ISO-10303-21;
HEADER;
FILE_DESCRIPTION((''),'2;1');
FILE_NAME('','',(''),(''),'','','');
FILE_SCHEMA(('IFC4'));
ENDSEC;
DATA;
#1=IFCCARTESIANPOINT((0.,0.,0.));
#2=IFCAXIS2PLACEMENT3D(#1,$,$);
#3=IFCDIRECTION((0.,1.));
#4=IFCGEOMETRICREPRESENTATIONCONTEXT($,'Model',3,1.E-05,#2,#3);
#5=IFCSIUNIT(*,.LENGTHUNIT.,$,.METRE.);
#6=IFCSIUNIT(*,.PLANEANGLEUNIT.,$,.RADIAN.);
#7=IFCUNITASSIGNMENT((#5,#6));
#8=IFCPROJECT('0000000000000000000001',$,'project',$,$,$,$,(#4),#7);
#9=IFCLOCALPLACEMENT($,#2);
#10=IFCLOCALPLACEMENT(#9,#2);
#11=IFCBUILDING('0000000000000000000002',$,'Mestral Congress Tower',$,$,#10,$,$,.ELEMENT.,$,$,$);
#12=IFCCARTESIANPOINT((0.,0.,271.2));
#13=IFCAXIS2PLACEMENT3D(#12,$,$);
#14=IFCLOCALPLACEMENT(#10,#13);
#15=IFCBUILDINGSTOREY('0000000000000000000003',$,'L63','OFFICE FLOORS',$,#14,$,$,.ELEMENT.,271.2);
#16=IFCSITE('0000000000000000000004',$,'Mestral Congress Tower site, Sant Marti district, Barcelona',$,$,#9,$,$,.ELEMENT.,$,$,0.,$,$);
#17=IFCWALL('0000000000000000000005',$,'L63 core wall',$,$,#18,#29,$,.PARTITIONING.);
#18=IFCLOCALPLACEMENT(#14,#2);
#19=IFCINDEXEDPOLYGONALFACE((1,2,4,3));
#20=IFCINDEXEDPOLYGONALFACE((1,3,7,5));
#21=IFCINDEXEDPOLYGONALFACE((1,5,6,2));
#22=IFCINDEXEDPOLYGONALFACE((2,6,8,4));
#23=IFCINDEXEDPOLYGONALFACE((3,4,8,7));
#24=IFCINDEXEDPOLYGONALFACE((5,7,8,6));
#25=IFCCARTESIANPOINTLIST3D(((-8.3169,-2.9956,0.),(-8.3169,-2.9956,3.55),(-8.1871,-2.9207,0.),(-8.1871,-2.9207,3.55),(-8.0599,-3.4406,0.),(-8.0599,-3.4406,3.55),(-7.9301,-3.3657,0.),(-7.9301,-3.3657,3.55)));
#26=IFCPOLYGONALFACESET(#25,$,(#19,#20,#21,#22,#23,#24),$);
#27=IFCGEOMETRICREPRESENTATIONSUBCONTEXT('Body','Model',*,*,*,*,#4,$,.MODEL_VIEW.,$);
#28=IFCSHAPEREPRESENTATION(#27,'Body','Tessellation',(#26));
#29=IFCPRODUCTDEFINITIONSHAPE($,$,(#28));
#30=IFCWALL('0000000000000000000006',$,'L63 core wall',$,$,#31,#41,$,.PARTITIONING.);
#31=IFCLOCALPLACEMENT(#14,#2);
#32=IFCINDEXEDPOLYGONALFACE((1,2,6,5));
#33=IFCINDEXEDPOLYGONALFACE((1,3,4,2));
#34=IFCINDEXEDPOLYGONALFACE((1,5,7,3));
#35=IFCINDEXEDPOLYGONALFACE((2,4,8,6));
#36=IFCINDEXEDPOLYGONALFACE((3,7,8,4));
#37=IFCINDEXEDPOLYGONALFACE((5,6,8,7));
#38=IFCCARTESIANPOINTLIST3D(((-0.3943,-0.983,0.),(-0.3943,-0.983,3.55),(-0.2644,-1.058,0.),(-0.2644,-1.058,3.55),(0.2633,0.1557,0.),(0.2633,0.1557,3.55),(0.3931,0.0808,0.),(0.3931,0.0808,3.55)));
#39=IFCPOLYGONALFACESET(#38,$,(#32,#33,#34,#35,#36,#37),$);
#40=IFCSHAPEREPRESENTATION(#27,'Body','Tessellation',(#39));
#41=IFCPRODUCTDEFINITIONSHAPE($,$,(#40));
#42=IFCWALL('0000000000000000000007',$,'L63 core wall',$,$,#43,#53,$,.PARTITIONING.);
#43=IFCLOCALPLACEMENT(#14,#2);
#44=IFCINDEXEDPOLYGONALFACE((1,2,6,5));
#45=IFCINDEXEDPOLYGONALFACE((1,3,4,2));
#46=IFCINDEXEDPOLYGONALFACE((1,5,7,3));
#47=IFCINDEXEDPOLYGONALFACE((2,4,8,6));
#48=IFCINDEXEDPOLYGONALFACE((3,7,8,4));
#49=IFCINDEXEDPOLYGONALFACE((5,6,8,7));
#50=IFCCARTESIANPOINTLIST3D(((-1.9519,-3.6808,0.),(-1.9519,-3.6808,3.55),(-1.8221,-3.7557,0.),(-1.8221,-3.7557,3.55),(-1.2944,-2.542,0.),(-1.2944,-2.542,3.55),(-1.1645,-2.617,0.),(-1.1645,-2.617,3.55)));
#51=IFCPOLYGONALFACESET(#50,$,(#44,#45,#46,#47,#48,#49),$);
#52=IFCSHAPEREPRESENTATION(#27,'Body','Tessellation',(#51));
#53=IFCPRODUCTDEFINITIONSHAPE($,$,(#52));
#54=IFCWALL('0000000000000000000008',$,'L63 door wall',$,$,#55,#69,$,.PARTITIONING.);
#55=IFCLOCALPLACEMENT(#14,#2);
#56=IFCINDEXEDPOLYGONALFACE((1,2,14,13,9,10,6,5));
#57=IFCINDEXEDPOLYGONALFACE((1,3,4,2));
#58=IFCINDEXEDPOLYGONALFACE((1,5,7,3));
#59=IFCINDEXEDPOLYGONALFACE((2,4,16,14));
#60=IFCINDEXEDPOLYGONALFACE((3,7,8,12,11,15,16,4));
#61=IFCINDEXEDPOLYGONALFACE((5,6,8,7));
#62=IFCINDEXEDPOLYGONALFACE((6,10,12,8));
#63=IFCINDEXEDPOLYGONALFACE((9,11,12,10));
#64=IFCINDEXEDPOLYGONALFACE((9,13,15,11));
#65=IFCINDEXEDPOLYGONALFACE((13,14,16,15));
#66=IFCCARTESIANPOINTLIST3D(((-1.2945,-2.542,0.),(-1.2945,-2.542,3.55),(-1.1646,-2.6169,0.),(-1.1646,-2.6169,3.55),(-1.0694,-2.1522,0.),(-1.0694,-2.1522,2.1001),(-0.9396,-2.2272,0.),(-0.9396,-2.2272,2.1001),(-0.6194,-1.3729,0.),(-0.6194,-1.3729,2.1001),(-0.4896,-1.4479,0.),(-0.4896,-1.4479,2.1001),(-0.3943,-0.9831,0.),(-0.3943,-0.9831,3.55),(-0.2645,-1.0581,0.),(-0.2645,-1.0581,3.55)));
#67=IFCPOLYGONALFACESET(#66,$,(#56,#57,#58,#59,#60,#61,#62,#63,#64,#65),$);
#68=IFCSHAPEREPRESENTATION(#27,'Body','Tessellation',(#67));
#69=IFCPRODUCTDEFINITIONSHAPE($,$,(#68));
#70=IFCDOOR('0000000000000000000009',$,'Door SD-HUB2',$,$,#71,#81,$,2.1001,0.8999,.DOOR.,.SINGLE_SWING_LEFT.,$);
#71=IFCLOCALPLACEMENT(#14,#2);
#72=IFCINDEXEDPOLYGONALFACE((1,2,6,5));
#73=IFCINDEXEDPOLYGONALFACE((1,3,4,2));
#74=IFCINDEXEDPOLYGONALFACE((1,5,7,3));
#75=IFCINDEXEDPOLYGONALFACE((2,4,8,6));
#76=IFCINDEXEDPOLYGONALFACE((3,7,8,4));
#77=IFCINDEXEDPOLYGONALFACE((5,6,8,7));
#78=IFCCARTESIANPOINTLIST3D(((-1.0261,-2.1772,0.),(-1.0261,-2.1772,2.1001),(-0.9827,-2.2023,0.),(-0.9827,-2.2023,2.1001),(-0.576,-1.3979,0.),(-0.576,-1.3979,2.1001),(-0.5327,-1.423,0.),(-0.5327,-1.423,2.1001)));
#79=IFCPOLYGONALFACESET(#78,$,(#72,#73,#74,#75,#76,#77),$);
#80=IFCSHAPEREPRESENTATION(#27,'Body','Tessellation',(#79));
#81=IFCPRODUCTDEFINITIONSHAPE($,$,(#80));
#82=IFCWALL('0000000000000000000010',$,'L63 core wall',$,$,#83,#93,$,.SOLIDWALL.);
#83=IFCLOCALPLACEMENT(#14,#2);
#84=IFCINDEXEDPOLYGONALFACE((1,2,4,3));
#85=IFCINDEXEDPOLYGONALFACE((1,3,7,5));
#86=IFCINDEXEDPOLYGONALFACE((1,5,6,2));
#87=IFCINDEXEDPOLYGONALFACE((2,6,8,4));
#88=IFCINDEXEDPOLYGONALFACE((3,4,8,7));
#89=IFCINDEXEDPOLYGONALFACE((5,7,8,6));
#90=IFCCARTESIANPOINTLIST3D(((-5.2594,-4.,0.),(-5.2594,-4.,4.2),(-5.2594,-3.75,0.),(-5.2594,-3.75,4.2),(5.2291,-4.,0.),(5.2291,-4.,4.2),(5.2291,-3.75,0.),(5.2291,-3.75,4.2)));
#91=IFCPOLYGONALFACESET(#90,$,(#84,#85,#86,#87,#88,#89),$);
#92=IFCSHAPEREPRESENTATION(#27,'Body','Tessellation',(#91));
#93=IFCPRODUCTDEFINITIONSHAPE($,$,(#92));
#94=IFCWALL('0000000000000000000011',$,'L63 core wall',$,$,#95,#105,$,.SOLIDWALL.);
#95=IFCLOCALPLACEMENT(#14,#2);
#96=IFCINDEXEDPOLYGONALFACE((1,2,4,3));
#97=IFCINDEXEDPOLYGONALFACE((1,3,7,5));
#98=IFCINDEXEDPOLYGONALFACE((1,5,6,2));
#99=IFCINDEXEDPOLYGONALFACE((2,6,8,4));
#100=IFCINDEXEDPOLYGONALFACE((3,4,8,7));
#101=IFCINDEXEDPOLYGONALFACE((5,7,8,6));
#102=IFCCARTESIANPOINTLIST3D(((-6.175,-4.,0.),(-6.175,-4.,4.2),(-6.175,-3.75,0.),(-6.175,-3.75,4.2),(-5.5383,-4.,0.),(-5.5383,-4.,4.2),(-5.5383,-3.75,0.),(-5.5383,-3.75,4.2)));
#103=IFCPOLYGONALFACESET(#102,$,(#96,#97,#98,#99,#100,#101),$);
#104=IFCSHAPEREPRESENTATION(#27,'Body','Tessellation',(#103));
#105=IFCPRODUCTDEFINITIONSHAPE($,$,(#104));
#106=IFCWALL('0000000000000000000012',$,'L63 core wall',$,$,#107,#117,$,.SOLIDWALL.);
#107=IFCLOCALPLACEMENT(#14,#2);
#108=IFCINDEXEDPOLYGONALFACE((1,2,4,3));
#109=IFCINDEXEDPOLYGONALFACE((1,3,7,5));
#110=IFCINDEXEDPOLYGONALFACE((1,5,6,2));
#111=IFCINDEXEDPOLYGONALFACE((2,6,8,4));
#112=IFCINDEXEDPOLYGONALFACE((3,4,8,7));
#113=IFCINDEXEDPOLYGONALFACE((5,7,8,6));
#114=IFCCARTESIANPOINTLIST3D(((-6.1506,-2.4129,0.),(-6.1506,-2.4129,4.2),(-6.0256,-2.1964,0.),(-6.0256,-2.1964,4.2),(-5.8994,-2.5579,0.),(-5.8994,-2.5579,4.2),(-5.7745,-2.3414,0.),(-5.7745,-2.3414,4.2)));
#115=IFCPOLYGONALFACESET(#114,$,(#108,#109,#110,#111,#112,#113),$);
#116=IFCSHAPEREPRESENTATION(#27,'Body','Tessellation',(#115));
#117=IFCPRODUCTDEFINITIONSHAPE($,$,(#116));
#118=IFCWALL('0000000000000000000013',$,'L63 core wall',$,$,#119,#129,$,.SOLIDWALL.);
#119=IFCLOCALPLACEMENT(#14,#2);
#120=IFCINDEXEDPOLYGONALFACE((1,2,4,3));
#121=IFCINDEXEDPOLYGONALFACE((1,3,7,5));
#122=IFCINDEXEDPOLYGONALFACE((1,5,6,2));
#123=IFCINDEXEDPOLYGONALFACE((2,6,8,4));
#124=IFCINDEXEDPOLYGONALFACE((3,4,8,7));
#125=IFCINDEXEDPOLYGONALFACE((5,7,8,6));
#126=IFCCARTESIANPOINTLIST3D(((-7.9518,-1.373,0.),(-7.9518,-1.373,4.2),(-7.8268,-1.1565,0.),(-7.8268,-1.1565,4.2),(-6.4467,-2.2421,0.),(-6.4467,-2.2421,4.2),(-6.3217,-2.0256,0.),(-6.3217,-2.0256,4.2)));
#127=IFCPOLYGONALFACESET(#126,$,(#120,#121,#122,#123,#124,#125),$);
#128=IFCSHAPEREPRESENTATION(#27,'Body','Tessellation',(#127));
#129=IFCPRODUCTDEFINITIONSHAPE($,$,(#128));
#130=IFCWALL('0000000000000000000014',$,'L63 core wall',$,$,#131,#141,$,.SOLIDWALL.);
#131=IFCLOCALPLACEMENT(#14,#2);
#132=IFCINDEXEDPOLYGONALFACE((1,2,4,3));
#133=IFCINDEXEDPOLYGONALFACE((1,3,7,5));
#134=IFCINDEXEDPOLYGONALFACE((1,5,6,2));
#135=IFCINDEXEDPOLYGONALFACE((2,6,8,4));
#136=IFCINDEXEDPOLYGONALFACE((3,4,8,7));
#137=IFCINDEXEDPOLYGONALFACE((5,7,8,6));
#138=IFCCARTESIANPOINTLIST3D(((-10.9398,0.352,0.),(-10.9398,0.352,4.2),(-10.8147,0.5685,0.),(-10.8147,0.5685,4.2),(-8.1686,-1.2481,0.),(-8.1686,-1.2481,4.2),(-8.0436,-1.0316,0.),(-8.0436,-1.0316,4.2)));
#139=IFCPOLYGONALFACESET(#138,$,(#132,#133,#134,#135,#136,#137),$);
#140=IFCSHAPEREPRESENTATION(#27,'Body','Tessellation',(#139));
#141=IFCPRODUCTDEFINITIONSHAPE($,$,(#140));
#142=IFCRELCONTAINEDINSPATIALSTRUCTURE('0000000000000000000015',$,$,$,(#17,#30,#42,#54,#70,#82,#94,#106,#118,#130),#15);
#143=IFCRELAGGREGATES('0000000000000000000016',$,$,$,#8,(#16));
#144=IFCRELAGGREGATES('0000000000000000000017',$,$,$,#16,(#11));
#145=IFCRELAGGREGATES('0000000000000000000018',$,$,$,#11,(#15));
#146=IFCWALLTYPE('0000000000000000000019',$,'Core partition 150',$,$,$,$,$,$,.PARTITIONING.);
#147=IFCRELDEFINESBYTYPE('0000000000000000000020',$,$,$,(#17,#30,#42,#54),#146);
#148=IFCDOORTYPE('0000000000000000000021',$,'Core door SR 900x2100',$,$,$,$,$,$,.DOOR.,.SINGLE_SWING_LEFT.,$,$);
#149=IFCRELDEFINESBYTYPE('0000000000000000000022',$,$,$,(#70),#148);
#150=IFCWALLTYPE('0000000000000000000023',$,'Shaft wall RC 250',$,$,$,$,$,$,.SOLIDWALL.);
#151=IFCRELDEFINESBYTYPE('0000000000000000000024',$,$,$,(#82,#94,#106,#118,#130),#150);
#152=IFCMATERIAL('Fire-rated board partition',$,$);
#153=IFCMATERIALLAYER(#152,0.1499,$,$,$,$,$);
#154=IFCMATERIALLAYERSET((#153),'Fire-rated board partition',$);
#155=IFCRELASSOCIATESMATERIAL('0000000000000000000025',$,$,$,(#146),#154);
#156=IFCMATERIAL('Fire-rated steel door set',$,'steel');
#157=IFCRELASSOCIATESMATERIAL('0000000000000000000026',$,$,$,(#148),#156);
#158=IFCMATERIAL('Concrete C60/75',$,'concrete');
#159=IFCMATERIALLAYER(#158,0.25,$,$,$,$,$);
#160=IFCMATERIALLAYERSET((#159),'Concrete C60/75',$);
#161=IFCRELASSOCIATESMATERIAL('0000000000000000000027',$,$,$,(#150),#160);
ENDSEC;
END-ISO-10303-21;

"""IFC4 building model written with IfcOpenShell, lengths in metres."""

from ifc_helpers import new_model, si_unit, direction, frame, frame_2d, origin, place, context, subcontext, project, spatial, rectangle, extrude, material, layer, layer_set, type_object, element, fill, save


model = new_model("IFC4")

# Units and contexts
model_context = context("Model", 3, precision=1e-05, world=origin(), true_north=direction((0.0, 1.0)))
body_context = subcontext(model_context, "Body", "Model", "MODEL_VIEW")
ifc_project = project(units=[si_unit("LENGTHUNIT", "METRE"), si_unit("PLANEANGLEUNIT", "RADIAN")], contexts=[model_context])

# Site, building, storey
site_placement = place(None, origin())
site = spatial("IfcSite", under=ifc_project, at=site_placement, Name="Mestral Congress Tower site, Sant Marti district, Barcelona", CompositionType="ELEMENT", RefElevation=0.0)
building_placement = place(site_placement, origin())
building = spatial("IfcBuilding", under=site, at=building_placement, Name="Mestral Congress Tower", CompositionType="ELEMENT")
storey_placement = place(building_placement, frame((0.0, 0.0, 271.2)))
storey = spatial("IfcBuildingStorey", under=building, at=storey_placement, Name="L63", Description="OFFICE FLOORS", CompositionType="ELEMENT", Elevation=271.2)

# Walls
ifc_material_1 = material(Name="Fire-rated board partition")
ifc_layer_1 = layer(ifc_material_1, 0.1499)
ifc_layer_set_1 = layer_set([ifc_layer_1], Name="Fire-rated board partition")
wall_type_1 = type_object("IfcWallType", Name="Core partition 150", PredefinedType="PARTITIONING", material=ifc_layer_set_1)
wall_1_placement = place(storey_placement, frame((-8.252, -2.9583, 0.0), z_axis=(0.0, 0.0, 1.0), x_axis=(0.500175, -0.865925, 0.0)))
element("IfcWall", 1, at=wall_1_placement, inside=storey, type_object=wall_type_1, Name="L63 core wall", PredefinedType="PARTITIONING", context=body_context, shape_type="SweptSolid", body=[
    extrude(rectangle(XDim=0.5139, YDim=0.1499, at=frame_2d((0.2568, 0.0))), origin(), (0.0, 0.0, 1.0), 3.55),
])
for number, where, z_axis, x_axis, name in (
    (2, (-0.3293, -1.0205, 0.0), (0.0, 0.0, 1.0), (0.500033, 0.866006, 0.0), "L63 core wall"),
    (3, (-1.887, -3.7183, 0.0), (0.0, 0.0, 1.0), (0.500033, 0.866006, 0.0), "L63 core wall"),
):
    element("IfcWall", number, at=place(storey_placement, frame(where, z_axis=z_axis, x_axis=x_axis)), inside=storey, type_object=wall_type_1, Name=name, PredefinedType="PARTITIONING", context=body_context, shape_type="SweptSolid", body=[
        extrude(rectangle(XDim=1.3149, YDim=0.1499, at=frame_2d((0.6575, 0.0))), origin(), (0.0, 0.0, 1.0), 3.55),
    ])

# Wall, opening, door
wall_2_placement = place(storey_placement, frame((-1.2295, -2.5793, 0.0), z_axis=(0.0, 0.0, 1.0), x_axis=(0.500063, 0.865989, 0.0)))
wall_2 = element("IfcWall", 4, at=wall_2_placement, inside=storey, type_object=wall_type_1, Name="L63 door wall", PredefinedType="PARTITIONING", context=body_context, shape_type="SweptSolid", body=[
    extrude(rectangle(XDim=1.8, YDim=0.1499, at=frame_2d((0.8999, 0.0))), origin(), (0.0, 0.0, 1.0), 3.55),
])
opening_1_placement = place(wall_2_placement, frame((0.45, 0.0, 0.0)))
opening_1 = element("IfcOpeningElement", 5, at=opening_1_placement, cuts=wall_2, PredefinedType="OPENING", context=body_context, shape_type="SweptSolid", body=[
    extrude(rectangle(XDim=0.8999, YDim=2.1001, at=frame_2d((0.45, 1.05))), frame((0.0, 0.085, 0.0), z_axis=(0.0, -1.0, 0.0), x_axis=(1.0, 0.0, 0.0)), (0.0, 0.0, 1.0), 0.1699),
])
ifc_material_2 = material(Name="Fire-rated steel door set", Category="steel")
door_type_1 = type_object("IfcDoorType", Name="Core door SR 900x2100", OperationType="SINGLE_SWING_LEFT", PredefinedType="DOOR", material=ifc_material_2)
door_1_placement = place(opening_1_placement, origin())
door_1 = element("IfcDoor", 6, at=door_1_placement, inside=storey, type_object=door_type_1, Name="Door SD-HUB2", OperationType="SINGLE_SWING_LEFT", OverallHeight=2.1001, OverallWidth=0.8999, PredefinedType="DOOR", context=body_context, shape_type="SweptSolid", body=[
    extrude(rectangle(XDim=0.8999, YDim=2.1001, at=frame_2d((0.45, 1.05))), frame((0.0, 0.0249, 0.0), z_axis=(0.0, -1.0, 0.0), x_axis=(1.0, 0.0, 0.0)), (0.0, 0.0, 1.0), 0.05),
])
fill(opening_1, door_1)

# Walls
ifc_material_3 = material(Name="Concrete C60/75", Category="concrete")
ifc_layer_2 = layer(ifc_material_3, 0.25)
ifc_layer_set_2 = layer_set([ifc_layer_2], Name="Concrete C60/75")
wall_type_2 = type_object("IfcWallType", Name="Shaft wall RC 250", PredefinedType="SOLIDWALL", material=ifc_layer_set_2)
wall_3_placement = place(storey_placement, frame((-5.2593, -3.875, 0.0), z_axis=(0.0, 0.0, 1.0), x_axis=(1.0, 0.0, 0.0)))
element("IfcWall", 7, at=wall_3_placement, inside=storey, type_object=wall_type_2, Name="L63 core wall", PredefinedType="SOLIDWALL", context=body_context, shape_type="SweptSolid", body=[
    extrude(rectangle(XDim=10.4885, YDim=0.25, at=frame_2d((5.2441, 0.0))), origin(), (0.0, 0.0, 1.0), 4.2),
])
wall_4_placement = place(storey_placement, frame((-6.175, -3.875, 0.0), z_axis=(0.0, 0.0, 1.0), x_axis=(1.0, 0.0, 0.0)))
element("IfcWall", 8, at=wall_4_placement, inside=storey, type_object=wall_type_2, Name="L63 core wall", PredefinedType="SOLIDWALL", context=body_context, shape_type="SweptSolid", body=[
    extrude(rectangle(XDim=0.6367, YDim=0.25, at=frame_2d((0.3184, 0.0))), origin(), (0.0, 0.0, 1.0), 4.2),
])
wall_5_placement = place(storey_placement, frame((-6.0881, -2.3047, 0.0), z_axis=(0.0, 0.0, 1.0), x_axis=(0.866059, -0.499941, 0.0)))
element("IfcWall", 9, at=wall_5_placement, inside=storey, type_object=wall_type_2, Name="L63 core wall", PredefinedType="SOLIDWALL", context=body_context, shape_type="SweptSolid", body=[
    extrude(rectangle(XDim=0.29, YDim=0.25, at=frame_2d((0.145, 0.0))), origin(), (0.0, 0.0, 1.0), 4.2),
])
wall_6_placement = place(storey_placement, frame((-7.8894, -1.2646, 0.0), z_axis=(0.0, 0.0, 1.0), x_axis=(0.865987, -0.500067, 0.0)))
element("IfcWall", 10, at=wall_6_placement, inside=storey, type_object=wall_type_2, Name="L63 core wall", PredefinedType="SOLIDWALL", context=body_context, shape_type="SweptSolid", body=[
    extrude(rectangle(XDim=1.738, YDim=0.25, at=frame_2d((0.8691, 0.0))), origin(), (0.0, 0.0, 1.0), 4.2),
])
wall_7_placement = place(storey_placement, frame((-8.106, -1.1399, 0.0), z_axis=(0.0, 0.0, 1.0), x_axis=(-0.866009, 0.500028, 0.0)))
element("IfcWall", 11, at=wall_7_placement, inside=storey, type_object=wall_type_2, Name="L63 core wall", PredefinedType="SOLIDWALL", context=body_context, shape_type="SweptSolid", body=[
    extrude(rectangle(XDim=3.2, YDim=0.25, at=frame_2d((1.6001, 0.0))), origin(), (0.0, 0.0, 1.0), 4.2),
])

save(model, "model.ifc")
